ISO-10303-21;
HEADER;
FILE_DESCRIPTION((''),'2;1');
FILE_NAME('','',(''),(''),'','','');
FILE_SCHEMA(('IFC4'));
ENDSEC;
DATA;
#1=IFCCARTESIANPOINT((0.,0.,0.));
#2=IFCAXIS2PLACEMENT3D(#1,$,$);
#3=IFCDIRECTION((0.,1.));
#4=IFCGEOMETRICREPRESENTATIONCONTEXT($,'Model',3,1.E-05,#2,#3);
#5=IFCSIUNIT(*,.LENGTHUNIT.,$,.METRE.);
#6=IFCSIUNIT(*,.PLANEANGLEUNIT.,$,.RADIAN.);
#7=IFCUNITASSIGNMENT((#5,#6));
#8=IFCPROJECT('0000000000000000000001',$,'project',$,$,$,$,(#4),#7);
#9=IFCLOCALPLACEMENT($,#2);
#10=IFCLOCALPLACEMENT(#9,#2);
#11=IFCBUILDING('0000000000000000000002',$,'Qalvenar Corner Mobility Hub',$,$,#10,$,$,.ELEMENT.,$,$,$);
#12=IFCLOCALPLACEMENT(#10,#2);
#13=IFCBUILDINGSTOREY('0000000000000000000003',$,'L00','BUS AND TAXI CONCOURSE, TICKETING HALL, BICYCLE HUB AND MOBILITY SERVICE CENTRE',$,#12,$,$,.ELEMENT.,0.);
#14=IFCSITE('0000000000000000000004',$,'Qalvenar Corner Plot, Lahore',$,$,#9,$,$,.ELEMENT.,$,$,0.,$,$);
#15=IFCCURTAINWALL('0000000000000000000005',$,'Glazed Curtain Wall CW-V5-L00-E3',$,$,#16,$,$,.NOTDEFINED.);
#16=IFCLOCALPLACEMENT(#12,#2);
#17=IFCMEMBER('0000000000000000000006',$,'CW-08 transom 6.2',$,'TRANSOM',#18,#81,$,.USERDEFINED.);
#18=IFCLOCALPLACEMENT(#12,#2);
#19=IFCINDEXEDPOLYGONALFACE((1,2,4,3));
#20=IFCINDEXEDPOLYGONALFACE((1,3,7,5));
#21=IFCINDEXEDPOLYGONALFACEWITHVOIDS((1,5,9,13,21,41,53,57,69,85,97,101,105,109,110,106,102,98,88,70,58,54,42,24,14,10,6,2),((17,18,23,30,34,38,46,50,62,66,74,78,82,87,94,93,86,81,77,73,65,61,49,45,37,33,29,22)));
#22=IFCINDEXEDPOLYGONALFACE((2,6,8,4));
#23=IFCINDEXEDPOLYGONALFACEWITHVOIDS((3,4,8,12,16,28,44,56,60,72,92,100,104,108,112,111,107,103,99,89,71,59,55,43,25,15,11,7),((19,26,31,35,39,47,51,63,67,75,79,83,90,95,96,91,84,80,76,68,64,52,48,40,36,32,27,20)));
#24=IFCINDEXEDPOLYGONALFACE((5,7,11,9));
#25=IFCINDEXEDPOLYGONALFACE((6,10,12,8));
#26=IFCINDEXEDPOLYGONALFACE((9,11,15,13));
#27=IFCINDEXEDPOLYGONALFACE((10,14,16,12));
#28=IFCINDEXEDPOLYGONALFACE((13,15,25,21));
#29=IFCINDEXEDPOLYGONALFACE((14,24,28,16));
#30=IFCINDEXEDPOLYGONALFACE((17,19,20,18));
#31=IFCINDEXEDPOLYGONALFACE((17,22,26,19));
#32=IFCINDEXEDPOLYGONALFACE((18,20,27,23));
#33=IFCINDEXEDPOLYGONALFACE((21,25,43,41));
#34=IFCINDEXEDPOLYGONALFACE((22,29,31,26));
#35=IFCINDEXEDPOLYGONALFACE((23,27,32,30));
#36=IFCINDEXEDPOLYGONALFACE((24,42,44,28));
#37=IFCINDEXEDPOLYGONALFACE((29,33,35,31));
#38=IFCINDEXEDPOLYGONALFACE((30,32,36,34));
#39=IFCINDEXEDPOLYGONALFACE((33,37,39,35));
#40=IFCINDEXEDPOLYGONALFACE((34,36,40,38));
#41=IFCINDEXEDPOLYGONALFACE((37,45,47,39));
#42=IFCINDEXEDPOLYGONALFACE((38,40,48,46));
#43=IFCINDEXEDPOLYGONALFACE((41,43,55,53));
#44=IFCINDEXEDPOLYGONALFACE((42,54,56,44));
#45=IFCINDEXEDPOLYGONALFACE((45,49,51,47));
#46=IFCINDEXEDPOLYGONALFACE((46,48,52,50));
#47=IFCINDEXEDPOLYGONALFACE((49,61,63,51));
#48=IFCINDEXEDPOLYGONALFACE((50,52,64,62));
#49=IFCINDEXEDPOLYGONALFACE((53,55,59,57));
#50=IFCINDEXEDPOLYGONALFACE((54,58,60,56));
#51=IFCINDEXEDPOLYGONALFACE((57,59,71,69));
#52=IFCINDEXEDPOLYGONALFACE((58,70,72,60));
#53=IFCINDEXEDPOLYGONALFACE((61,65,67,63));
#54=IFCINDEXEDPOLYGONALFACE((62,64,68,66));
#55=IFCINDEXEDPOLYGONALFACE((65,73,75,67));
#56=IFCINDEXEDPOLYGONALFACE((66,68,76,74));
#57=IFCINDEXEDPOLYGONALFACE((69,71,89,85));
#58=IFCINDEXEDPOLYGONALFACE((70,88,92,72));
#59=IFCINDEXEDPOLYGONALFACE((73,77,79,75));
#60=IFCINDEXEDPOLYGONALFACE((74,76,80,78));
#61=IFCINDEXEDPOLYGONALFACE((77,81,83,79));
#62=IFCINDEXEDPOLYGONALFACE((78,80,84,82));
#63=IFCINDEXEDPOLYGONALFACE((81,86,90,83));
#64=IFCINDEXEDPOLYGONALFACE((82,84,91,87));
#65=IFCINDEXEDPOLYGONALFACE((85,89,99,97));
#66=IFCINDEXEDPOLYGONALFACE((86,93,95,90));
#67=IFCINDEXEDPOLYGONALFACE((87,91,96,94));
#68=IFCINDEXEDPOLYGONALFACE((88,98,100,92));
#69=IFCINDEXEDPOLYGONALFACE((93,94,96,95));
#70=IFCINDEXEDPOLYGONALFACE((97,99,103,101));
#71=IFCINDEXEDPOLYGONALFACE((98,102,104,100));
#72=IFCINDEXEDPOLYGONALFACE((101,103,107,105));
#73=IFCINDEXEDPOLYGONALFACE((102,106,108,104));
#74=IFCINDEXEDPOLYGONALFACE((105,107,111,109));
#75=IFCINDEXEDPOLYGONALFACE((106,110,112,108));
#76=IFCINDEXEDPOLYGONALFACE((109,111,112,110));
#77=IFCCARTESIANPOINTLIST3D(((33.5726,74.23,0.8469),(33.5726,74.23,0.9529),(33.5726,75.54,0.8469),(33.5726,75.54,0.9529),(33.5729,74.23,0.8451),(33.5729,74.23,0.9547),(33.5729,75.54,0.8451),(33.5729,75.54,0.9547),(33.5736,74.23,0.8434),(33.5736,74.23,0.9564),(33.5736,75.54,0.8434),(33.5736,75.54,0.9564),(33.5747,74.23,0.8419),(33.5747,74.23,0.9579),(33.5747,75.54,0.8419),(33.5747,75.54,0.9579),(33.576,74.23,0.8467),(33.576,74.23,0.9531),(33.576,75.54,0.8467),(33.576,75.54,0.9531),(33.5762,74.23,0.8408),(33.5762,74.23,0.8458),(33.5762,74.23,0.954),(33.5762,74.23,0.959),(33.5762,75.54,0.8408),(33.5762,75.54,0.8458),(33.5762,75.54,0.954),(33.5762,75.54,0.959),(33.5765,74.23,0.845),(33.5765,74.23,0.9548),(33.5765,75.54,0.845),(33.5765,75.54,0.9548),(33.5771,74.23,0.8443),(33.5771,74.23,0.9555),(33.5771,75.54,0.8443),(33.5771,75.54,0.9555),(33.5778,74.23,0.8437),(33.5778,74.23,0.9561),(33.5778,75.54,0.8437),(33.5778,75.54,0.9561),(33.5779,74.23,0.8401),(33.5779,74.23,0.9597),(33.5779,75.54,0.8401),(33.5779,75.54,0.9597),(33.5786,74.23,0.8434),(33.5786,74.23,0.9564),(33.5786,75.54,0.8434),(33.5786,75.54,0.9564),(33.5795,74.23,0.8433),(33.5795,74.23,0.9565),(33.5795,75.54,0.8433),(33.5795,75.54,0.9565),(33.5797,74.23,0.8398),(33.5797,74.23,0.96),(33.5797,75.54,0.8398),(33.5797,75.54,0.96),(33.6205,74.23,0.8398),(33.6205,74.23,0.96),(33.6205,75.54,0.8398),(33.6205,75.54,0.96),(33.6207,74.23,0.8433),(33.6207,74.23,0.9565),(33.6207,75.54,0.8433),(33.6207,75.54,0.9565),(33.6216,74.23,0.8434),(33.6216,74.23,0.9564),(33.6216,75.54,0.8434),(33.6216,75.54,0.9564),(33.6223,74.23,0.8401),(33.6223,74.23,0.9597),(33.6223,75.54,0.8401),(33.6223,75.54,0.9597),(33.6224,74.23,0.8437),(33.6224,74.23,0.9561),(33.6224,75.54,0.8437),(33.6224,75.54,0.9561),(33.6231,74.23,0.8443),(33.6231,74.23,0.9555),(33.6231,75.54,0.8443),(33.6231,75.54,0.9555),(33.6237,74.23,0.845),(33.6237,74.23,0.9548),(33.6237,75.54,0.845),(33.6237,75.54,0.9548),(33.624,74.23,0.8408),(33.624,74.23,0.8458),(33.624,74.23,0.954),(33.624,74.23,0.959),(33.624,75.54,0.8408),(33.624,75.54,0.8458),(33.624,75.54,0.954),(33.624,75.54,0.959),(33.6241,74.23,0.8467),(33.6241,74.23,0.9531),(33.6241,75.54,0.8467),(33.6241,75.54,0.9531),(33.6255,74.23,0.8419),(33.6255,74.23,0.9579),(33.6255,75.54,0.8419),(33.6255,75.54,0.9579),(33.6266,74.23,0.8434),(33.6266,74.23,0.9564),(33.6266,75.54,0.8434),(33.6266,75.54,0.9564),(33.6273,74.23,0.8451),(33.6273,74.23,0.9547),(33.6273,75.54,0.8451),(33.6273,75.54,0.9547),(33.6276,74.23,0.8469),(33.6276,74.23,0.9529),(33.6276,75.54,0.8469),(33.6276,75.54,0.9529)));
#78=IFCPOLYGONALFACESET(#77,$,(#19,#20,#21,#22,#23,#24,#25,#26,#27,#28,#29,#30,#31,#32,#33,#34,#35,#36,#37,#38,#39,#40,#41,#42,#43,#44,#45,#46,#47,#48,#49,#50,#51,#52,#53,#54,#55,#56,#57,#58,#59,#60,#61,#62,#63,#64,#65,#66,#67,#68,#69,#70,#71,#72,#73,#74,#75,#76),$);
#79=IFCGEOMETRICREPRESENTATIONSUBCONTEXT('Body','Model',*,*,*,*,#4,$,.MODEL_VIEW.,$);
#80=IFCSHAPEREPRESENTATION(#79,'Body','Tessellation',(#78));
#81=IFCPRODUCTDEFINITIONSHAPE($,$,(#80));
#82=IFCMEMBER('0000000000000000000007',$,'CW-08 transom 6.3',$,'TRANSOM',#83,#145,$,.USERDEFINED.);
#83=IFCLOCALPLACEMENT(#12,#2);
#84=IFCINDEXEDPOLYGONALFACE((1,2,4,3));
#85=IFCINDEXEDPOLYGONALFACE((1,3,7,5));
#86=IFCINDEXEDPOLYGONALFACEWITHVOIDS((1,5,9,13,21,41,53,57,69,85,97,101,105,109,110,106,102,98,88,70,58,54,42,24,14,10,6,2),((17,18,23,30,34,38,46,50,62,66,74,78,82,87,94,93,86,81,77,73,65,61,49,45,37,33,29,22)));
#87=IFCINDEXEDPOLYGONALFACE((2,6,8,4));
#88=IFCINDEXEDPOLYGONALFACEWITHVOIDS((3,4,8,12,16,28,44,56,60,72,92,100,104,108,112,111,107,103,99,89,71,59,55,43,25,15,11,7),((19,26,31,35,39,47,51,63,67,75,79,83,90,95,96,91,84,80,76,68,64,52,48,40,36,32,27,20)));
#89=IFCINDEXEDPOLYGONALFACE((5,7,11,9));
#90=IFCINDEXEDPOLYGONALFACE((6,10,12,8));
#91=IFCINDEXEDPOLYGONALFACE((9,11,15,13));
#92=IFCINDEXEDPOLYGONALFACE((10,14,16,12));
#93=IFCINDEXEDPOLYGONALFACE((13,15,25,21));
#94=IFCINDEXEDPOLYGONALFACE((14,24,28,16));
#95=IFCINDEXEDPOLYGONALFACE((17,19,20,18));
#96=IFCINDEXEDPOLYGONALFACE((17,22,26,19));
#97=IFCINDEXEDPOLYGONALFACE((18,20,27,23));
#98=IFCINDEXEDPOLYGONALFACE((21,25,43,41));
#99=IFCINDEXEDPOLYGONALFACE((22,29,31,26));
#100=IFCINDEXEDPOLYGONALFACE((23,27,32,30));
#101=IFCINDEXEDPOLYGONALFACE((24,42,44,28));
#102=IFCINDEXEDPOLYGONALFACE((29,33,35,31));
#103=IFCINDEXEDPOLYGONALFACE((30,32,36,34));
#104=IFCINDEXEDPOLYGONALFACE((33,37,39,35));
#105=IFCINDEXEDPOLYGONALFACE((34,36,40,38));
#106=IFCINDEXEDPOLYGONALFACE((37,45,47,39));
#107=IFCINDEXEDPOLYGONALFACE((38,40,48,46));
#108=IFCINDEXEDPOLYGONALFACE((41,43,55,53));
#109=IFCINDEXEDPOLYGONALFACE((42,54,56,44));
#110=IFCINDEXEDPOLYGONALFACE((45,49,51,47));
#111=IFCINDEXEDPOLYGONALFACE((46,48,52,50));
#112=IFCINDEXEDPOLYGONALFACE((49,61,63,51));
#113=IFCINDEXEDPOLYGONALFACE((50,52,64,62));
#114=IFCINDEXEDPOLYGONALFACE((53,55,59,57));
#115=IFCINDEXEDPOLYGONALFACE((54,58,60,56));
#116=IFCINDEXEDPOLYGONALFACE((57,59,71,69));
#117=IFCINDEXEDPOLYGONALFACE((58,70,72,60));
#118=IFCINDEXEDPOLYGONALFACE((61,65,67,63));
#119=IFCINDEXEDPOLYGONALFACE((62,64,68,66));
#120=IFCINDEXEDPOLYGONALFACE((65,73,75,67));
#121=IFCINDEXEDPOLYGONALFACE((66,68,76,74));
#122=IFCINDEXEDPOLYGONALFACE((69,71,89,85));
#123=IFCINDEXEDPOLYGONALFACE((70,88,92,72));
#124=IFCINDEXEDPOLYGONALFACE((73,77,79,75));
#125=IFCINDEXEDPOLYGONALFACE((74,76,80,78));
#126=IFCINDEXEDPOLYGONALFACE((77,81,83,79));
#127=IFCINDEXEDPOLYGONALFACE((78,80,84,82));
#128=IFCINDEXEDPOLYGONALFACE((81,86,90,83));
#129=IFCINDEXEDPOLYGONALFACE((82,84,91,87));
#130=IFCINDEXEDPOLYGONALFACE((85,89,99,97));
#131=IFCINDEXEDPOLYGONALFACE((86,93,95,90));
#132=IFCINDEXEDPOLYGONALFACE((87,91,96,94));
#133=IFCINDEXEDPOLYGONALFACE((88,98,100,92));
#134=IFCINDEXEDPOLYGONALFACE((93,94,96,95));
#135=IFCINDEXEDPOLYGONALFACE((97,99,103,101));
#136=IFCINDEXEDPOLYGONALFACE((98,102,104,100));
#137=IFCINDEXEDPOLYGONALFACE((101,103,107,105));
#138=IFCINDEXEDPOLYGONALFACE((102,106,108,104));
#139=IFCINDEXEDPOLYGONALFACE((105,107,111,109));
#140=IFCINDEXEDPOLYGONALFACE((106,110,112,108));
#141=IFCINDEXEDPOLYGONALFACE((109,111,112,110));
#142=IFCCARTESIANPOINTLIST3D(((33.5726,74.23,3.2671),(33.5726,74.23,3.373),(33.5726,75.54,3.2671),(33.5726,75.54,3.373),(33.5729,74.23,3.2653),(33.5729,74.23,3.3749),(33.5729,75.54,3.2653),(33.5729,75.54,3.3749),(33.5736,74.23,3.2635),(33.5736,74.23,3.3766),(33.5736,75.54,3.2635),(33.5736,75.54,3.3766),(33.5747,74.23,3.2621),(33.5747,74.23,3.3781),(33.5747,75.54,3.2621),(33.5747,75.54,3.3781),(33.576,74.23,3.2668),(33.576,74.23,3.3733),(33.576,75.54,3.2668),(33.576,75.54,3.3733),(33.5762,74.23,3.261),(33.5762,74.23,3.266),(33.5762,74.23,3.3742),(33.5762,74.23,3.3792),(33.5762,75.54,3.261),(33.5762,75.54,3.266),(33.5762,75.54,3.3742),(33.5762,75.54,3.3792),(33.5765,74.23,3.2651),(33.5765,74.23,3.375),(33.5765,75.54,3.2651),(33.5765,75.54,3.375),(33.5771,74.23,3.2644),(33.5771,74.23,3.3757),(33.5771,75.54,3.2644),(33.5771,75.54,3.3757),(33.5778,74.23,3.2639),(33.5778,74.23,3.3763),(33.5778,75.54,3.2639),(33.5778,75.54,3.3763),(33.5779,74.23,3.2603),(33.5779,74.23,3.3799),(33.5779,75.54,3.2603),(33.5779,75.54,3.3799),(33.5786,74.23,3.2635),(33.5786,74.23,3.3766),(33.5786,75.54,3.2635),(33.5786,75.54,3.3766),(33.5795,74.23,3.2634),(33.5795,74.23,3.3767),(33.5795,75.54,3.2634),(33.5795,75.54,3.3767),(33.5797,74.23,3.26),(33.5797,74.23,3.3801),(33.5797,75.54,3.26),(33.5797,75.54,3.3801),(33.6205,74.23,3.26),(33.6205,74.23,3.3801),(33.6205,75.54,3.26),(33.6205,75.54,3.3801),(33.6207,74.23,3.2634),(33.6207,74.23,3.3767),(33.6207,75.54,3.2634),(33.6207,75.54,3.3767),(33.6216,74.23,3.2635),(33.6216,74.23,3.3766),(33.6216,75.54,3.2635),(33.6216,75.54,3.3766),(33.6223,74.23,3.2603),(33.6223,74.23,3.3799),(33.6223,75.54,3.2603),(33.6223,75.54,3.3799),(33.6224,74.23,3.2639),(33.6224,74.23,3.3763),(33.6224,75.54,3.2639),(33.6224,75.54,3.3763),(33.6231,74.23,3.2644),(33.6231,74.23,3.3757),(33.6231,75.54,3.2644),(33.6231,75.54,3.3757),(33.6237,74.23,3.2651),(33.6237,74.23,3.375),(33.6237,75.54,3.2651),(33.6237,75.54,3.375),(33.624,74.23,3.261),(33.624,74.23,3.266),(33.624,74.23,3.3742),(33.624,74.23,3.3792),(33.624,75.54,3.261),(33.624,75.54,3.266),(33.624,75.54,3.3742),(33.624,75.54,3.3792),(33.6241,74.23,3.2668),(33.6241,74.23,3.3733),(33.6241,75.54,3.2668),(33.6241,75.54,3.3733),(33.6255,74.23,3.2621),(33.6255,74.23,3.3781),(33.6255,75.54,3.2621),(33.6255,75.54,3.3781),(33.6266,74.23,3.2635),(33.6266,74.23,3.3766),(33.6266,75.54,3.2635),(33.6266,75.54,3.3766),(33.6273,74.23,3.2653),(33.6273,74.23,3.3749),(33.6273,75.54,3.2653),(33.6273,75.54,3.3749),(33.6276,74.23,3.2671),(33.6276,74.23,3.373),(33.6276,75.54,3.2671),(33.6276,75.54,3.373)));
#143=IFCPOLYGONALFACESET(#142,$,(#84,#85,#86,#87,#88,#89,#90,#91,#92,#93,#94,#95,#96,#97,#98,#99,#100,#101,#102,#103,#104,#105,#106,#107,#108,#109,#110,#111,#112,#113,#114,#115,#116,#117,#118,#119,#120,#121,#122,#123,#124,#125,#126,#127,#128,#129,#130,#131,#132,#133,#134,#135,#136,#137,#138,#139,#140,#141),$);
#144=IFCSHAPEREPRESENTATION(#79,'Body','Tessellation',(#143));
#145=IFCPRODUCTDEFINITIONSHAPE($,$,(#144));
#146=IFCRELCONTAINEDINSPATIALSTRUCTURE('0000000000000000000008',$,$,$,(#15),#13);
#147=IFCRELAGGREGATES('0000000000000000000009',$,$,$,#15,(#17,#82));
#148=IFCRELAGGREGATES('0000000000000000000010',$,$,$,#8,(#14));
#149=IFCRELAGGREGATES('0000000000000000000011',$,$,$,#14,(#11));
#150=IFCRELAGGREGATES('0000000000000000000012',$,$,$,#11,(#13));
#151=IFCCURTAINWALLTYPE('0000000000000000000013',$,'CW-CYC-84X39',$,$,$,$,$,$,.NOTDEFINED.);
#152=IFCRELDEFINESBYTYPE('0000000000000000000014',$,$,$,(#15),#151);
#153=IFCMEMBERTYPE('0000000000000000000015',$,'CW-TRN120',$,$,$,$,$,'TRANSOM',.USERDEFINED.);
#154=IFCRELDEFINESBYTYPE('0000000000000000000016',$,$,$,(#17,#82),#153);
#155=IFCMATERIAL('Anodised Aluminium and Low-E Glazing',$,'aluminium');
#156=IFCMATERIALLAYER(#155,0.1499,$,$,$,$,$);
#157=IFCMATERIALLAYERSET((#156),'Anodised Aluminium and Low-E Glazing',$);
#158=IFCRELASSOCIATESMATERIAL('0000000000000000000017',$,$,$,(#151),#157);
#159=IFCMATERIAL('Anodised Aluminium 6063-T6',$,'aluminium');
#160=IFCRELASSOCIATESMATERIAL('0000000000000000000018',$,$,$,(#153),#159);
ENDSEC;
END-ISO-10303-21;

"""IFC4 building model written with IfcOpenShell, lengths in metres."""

from ifc_helpers import new_model, si_unit, direction, frame, origin, origin_2d, place, context, subcontext, project, spatial, hollow_rectangle, extrude, material, layer, layer_set, material_profile, profile_set, type_object, element, aggregate, save


model = new_model("IFC4")

# Units and contexts
model_context = context("Model", 3, precision=1e-05, world=origin(), true_north=direction((0.0, 1.0)))
body_context = subcontext(model_context, "Body", "Model", "MODEL_VIEW")
ifc_project = project(units=[si_unit("LENGTHUNIT", "METRE"), si_unit("PLANEANGLEUNIT", "RADIAN")], contexts=[model_context])

# Site, building, storey
site_placement = place(None, origin())
site = spatial("IfcSite", under=ifc_project, at=site_placement, Name="Qalvenar Corner Plot, Lahore", CompositionType="ELEMENT", RefElevation=0.0)
building_placement = place(site_placement, origin())
building = spatial("IfcBuilding", under=site, at=building_placement, Name="Qalvenar Corner Mobility Hub", CompositionType="ELEMENT")
storey_placement = place(building_placement, origin())
storey = spatial("IfcBuildingStorey", under=building, at=storey_placement, Name="L00", Description="BUS AND TAXI CONCOURSE, TICKETING HALL, BICYCLE HUB AND MOBILITY SERVICE CENTRE", CompositionType="ELEMENT", Elevation=0.0)

# Curtain wall, members
ifc_material_1 = material(Name="Anodised Aluminium and Low-E Glazing", Category="aluminium")
ifc_layer_1 = layer(ifc_material_1, 0.1499)
ifc_layer_set_1 = layer_set([ifc_layer_1], Name="Anodised Aluminium and Low-E Glazing")
curtain_wall_type = type_object("IfcCurtainWallType", Name="CW-CYC-84X39", PredefinedType="NOTDEFINED", material=ifc_layer_set_1)
curtain_wall_placement = place(storey_placement, origin())
curtain_wall = element("IfcCurtainWall", 1, at=curtain_wall_placement, inside=storey, type_object=curtain_wall_type, Name="Glazed Curtain Wall CW-V5-L00-E3", PredefinedType="NOTDEFINED")
ifc_material_2 = material(Name="Anodised Aluminium 6063-T6", Category="aluminium")
ifc_material_profile_1 = material_profile(ifc_material_2, hollow_rectangle(XDim=0.0549, YDim=0.1201, WallThickness=0.0034, InnerFilletRadius=0.0034, OuterFilletRadius=0.0071, at=origin_2d()), Name="RHS120x55x3.5")
ifc_profile_set_1 = profile_set([ifc_material_profile_1], Name="Anodised Aluminium 6063-T6")
member_type_1 = type_object("IfcMemberType", Name="CW-TRN120", ElementType="TRANSOM", PredefinedType="USERDEFINED", material=ifc_profile_set_1)
member_1_placement = place(storey_placement, frame((33.6001, 74.23, 0.8999), z_axis=(0.0, 1.0, 0.0), x_axis=(-1.0, 0.0, 0.0)))
member_1 = element("IfcMember", 2, at=member_1_placement, type_object=member_type_1, Name="CW-08 transom 6.2", ObjectType="TRANSOM", PredefinedType="USERDEFINED", context=body_context, shape_type="SweptSolid", body=[
    extrude(hollow_rectangle(XDim=0.0549, YDim=0.1201, WallThickness=0.0034, InnerFilletRadius=0.0034, OuterFilletRadius=0.0071, at=origin_2d()), origin(), (0.0, 0.0, 1.0), 1.3101),
])
member_2_placement = place(storey_placement, frame((33.6001, 74.23, 3.3201), z_axis=(0.0, 1.0, 0.0), x_axis=(-1.0, 0.0, 0.0)))
member_2 = element("IfcMember", 3, at=member_2_placement, type_object=member_type_1, Name="CW-08 transom 6.3", ObjectType="TRANSOM", PredefinedType="USERDEFINED", context=body_context, shape_type="SweptSolid", body=[
    extrude(hollow_rectangle(XDim=0.0549, YDim=0.1201, WallThickness=0.0034, InnerFilletRadius=0.0034, OuterFilletRadius=0.0071, at=origin_2d()), origin(), (0.0, 0.0, 1.0), 1.3101),
])
aggregate(curtain_wall, [member_1, member_2])

save(model, "model.ifc")
